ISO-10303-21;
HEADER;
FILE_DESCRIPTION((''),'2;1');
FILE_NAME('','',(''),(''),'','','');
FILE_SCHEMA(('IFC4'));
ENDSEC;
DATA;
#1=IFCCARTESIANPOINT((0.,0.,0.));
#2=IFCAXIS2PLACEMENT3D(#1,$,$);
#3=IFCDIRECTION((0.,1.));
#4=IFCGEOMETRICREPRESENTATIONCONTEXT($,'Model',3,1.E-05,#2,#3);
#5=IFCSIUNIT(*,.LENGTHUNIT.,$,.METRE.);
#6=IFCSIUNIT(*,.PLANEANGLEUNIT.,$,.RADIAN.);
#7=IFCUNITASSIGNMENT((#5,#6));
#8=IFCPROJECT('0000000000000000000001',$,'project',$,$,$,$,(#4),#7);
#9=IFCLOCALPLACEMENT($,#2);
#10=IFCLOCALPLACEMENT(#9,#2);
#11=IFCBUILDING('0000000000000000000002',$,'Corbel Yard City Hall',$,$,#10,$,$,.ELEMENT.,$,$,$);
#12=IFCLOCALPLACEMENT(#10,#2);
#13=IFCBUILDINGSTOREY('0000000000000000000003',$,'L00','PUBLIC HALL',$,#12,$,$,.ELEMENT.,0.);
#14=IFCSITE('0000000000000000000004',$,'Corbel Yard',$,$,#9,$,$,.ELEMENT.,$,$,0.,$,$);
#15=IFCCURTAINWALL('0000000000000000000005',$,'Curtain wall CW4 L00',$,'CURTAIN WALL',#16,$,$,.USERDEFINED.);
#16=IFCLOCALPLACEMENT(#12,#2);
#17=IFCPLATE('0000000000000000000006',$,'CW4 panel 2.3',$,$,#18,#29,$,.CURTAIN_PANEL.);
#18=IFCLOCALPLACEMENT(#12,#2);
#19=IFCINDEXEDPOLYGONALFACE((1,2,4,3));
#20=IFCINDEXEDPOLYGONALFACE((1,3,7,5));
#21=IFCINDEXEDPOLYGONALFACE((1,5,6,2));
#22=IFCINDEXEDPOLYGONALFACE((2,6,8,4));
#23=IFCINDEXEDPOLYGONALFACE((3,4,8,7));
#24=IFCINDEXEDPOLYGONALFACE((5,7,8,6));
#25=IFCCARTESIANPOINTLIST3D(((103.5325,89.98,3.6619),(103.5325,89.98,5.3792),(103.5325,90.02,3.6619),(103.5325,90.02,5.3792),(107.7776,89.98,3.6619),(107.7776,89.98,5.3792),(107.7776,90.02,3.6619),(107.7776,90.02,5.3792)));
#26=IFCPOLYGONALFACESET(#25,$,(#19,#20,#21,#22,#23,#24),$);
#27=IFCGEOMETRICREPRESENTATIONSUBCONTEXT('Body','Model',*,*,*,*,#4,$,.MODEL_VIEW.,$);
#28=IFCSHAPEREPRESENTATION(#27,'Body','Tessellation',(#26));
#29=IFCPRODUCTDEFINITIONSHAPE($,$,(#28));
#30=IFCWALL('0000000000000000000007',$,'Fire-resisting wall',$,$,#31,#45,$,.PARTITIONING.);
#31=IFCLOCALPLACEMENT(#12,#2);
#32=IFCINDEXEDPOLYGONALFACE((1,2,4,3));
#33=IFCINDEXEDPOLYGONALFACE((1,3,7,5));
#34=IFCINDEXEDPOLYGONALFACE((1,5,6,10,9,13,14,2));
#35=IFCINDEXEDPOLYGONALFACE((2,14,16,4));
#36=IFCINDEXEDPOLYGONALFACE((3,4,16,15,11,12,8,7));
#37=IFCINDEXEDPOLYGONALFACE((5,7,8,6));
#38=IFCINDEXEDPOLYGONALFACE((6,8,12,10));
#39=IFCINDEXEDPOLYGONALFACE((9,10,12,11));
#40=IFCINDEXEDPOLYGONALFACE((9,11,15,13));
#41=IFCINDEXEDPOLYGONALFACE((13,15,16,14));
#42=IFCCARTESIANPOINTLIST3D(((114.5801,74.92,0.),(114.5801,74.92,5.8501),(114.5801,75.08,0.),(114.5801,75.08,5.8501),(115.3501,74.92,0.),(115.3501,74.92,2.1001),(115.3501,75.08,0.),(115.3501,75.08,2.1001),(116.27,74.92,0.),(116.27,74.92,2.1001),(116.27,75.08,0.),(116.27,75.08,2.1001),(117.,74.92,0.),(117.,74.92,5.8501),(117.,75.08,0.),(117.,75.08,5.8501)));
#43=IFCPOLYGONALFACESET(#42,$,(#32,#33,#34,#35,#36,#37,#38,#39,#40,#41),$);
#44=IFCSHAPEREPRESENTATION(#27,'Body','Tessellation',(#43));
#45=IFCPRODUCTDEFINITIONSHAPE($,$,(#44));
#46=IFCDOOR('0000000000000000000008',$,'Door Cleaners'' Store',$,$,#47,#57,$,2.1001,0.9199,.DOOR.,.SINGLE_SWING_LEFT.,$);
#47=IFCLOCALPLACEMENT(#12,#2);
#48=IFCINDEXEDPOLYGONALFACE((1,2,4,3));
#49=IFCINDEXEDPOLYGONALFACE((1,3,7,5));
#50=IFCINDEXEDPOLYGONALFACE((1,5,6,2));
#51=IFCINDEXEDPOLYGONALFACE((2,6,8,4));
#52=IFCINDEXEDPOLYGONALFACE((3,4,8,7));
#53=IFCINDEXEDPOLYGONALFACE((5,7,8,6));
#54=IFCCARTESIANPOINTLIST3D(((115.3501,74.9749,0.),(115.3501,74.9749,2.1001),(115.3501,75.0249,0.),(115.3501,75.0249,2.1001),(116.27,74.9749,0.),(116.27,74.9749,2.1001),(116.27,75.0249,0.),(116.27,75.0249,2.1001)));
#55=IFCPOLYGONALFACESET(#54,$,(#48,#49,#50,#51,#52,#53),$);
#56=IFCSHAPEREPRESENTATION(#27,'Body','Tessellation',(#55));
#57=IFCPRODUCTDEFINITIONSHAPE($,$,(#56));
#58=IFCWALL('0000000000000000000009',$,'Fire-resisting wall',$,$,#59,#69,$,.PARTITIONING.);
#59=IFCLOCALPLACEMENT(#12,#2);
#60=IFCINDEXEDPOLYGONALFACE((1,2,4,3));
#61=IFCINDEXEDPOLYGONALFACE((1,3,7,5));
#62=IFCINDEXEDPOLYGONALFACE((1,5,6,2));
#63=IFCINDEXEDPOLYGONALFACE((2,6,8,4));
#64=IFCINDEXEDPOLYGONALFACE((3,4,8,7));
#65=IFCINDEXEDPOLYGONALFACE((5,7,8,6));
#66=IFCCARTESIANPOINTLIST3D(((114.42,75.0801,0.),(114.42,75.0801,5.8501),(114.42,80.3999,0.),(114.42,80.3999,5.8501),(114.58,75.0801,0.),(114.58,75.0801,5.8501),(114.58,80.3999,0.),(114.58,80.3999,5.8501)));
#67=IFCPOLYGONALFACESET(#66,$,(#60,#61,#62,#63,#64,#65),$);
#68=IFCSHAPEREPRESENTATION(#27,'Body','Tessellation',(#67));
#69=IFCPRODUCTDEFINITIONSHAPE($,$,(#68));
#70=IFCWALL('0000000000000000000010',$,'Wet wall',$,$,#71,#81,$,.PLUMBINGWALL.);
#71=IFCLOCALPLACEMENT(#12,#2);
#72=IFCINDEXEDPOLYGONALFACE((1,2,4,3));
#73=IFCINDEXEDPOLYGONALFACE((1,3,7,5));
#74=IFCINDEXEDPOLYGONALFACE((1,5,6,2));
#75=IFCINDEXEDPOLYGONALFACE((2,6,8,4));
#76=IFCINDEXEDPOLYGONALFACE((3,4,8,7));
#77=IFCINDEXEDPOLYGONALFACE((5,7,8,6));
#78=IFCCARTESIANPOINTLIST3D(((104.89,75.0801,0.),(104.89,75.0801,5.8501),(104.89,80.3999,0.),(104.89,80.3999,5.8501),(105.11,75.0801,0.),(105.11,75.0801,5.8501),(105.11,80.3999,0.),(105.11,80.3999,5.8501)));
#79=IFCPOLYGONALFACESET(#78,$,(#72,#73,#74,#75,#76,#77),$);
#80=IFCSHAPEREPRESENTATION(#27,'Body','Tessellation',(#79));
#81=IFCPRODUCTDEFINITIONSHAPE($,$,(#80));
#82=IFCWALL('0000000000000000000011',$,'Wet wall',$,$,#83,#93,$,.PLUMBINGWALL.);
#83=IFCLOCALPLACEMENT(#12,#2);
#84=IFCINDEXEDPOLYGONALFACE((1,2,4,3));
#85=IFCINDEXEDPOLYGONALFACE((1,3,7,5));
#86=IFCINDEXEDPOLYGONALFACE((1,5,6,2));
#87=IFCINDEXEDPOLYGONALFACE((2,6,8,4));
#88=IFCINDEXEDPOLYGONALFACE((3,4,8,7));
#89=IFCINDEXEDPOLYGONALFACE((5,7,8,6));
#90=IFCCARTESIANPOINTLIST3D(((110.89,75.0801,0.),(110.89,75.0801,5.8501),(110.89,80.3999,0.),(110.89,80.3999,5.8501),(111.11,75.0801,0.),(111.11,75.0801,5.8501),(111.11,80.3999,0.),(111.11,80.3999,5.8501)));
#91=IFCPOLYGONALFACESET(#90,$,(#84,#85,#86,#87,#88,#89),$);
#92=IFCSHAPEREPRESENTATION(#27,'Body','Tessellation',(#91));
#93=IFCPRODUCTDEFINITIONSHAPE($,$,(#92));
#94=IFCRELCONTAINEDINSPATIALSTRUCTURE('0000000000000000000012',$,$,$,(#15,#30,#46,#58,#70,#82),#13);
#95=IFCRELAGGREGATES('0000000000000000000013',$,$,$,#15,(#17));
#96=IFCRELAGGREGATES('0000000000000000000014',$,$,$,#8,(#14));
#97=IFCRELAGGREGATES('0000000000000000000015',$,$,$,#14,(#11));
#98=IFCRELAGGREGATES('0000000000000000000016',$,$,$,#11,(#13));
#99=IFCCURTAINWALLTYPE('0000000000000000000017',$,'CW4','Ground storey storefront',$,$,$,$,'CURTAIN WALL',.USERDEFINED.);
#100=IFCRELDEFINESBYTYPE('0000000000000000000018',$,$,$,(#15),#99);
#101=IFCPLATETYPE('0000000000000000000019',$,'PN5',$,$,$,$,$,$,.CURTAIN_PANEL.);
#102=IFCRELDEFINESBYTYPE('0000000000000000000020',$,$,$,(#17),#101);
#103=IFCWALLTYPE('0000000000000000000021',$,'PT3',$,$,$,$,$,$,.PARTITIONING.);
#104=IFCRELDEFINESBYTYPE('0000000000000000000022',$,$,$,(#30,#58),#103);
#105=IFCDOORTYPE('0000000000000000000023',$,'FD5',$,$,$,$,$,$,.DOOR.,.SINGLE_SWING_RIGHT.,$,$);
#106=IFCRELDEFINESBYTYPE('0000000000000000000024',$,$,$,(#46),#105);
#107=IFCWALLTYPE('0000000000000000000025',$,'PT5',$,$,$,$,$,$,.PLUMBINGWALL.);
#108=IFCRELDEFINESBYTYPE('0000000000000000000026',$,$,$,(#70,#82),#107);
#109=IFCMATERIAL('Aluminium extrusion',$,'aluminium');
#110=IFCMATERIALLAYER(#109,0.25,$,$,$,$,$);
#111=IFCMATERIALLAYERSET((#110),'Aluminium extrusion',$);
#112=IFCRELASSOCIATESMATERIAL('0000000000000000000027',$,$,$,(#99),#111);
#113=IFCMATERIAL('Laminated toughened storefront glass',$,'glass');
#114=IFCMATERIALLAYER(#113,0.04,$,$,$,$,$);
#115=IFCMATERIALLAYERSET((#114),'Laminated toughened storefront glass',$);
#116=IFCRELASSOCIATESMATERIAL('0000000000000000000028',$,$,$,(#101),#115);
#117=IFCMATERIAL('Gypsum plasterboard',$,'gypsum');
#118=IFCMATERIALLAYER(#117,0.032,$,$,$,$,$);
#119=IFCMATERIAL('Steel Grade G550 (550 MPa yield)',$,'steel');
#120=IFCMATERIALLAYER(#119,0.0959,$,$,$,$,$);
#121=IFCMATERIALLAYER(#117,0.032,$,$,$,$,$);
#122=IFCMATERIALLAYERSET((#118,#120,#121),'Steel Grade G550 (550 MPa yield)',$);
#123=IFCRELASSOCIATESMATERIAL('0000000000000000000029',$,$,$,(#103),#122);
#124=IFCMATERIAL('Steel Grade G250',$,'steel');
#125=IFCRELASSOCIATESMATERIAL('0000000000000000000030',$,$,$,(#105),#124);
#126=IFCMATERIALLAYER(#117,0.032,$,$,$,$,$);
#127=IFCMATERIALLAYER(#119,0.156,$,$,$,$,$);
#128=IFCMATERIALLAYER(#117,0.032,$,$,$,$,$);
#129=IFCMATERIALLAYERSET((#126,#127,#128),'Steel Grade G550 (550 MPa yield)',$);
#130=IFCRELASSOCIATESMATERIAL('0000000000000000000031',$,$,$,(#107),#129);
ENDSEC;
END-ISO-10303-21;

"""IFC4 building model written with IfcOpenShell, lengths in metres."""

from ifc_helpers import new_model, si_unit, direction, frame, frame_2d, origin, origin_2d, place, context, subcontext, project, spatial, rectangle, extrude, material, layer, layer_set, type_object, element, fill, aggregate, save


model = new_model("IFC4")

# Units and contexts
model_context = context("Model", 3, precision=1e-05, world=origin(), true_north=direction((0.0, 1.0)))
body_context = subcontext(model_context, "Body", "Model", "MODEL_VIEW")
ifc_project = project(units=[si_unit("LENGTHUNIT", "METRE"), si_unit("PLANEANGLEUNIT", "RADIAN")], contexts=[model_context])

# Site, building, storey
site_placement = place(None, origin())
site = spatial("IfcSite", under=ifc_project, at=site_placement, Name="Corbel Yard", CompositionType="ELEMENT", RefElevation=0.0)
building_placement = place(site_placement, origin())
building = spatial("IfcBuilding", under=site, at=building_placement, Name="Corbel Yard City Hall", CompositionType="ELEMENT")
storey_placement = place(building_placement, origin())
storey = spatial("IfcBuildingStorey", under=building, at=storey_placement, Name="L00", Description="PUBLIC HALL", CompositionType="ELEMENT", Elevation=0.0)

# Curtain wall
ifc_material_1 = material(Name="Aluminium extrusion", Category="aluminium")
ifc_layer_1 = layer(ifc_material_1, 0.25)
ifc_layer_set_1 = layer_set([ifc_layer_1], Name="Aluminium extrusion")
curtain_wall_type = type_object("IfcCurtainWallType", Name="CW4", Description="Ground storey storefront", ElementType="CURTAIN WALL", PredefinedType="USERDEFINED", material=ifc_layer_set_1)
curtain_wall_placement = place(storey_placement, origin())
curtain_wall = element("IfcCurtainWall", 1, at=curtain_wall_placement, inside=storey, type_object=curtain_wall_type, Name="Curtain wall CW4 L00", ObjectType="CURTAIN WALL", PredefinedType="USERDEFINED")

# Plate
ifc_material_2 = material(Name="Laminated toughened storefront glass", Category="glass")
ifc_layer_2 = layer(ifc_material_2, 0.04)
ifc_layer_set_2 = layer_set([ifc_layer_2], Name="Laminated toughened storefront glass")
plate_type = type_object("IfcPlateType", Name="PN5", PredefinedType="CURTAIN_PANEL", material=ifc_layer_set_2)
plate_1_placement = place(storey_placement, frame((105.655, 90.0, 3.6619), z_axis=(0.0, 0.0, 1.0), x_axis=(1.0, 0.0, 0.0)))
plate_1 = element("IfcPlate", 2, at=plate_1_placement, type_object=plate_type, Name="CW4 panel 2.3", PredefinedType="CURTAIN_PANEL", context=body_context, shape_type="SweptSolid", body=[
    extrude(rectangle(XDim=4.2451, YDim=0.04, at=origin_2d()), origin(), (0.0, 0.0, 1.0), 1.7173),
])
aggregate(curtain_wall, [plate_1])

# Wall, opening, door
ifc_material_3 = material(Name="Gypsum plasterboard", Category="gypsum")
ifc_layer_3 = layer(ifc_material_3, 0.032)
ifc_material_4 = material(Name="Steel Grade G550 (550 MPa yield)", Category="steel")
ifc_layer_4 = layer(ifc_material_4, 0.0959)
ifc_layer_5 = layer(ifc_material_3, 0.032)
ifc_layer_set_3 = layer_set([ifc_layer_3, ifc_layer_4, ifc_layer_5], Name="Steel Grade G550 (550 MPa yield)")
wall_type_1 = type_object("IfcWallType", Name="PT3", PredefinedType="PARTITIONING", material=ifc_layer_set_3)
wall_1_placement = place(storey_placement, frame((114.5801, 75.0, 0.0), z_axis=(0.0, 0.0, 1.0), x_axis=(1.0, 0.0, 0.0)))
wall_1 = element("IfcWall", 3, at=wall_1_placement, inside=storey, type_object=wall_type_1, Name="Fire-resisting wall", PredefinedType="PARTITIONING", context=body_context, shape_type="SweptSolid", body=[
    extrude(rectangle(XDim=2.4199, YDim=0.1599, at=frame_2d((1.21, 0.0))), origin(), (0.0, 0.0, 1.0), 5.8501),
])
opening_placement = place(wall_1_placement, frame((0.77, 0.0, 0.0)))
opening = element("IfcOpeningElement", 4, at=opening_placement, cuts=wall_1, PredefinedType="OPENING", context=body_context, shape_type="SweptSolid", body=[
    extrude(rectangle(XDim=0.9199, YDim=2.1001, at=frame_2d((0.46, 1.05))), frame((0.0, 0.0898, 0.0), z_axis=(0.0, -1.0, 0.0), x_axis=(1.0, 0.0, 0.0)), (0.0, 0.0, 1.0), 0.1799),
])
ifc_material_5 = material(Name="Steel Grade G250", Category="steel")
door_type = type_object("IfcDoorType", Name="FD5", OperationType="SINGLE_SWING_RIGHT", PredefinedType="DOOR", material=ifc_material_5)
door_placement = place(opening_placement, origin())
door = element("IfcDoor", 5, at=door_placement, inside=storey, type_object=door_type, Name="Door Cleaners' Store", OperationType="SINGLE_SWING_LEFT", OverallHeight=2.1001, OverallWidth=0.9199, PredefinedType="DOOR", context=body_context, shape_type="SweptSolid", body=[
    extrude(rectangle(XDim=0.9199, YDim=2.1001, at=frame_2d((0.46, 1.05))), frame((0.0, 0.0249, 0.0), z_axis=(0.0, -1.0, 0.0), x_axis=(1.0, 0.0, 0.0)), (0.0, 0.0, 1.0), 0.05),
])
fill(opening, door)

# Walls
wall_2_placement = place(storey_placement, frame((114.5, 75.0801, 0.0), z_axis=(0.0, 0.0, 1.0), x_axis=(0.0, 1.0, 0.0)))
element("IfcWall", 6, at=wall_2_placement, inside=storey, type_object=wall_type_1, Name="Fire-resisting wall", PredefinedType="PARTITIONING", context=body_context, shape_type="SweptSolid", body=[
    extrude(rectangle(XDim=5.3198, YDim=0.1599, at=frame_2d((2.6599, 0.0))), origin(), (0.0, 0.0, 1.0), 5.8501),
])
ifc_layer_6 = layer(ifc_material_3, 0.032)
ifc_layer_7 = layer(ifc_material_4, 0.156)
ifc_layer_8 = layer(ifc_material_3, 0.032)
ifc_layer_set_4 = layer_set([ifc_layer_6, ifc_layer_7, ifc_layer_8], Name="Steel Grade G550 (550 MPa yield)")
wall_type_2 = type_object("IfcWallType", Name="PT5", PredefinedType="PLUMBINGWALL", material=ifc_layer_set_4)
for number, where, z_axis, x_axis, name in (
    (7, (105.0, 75.0801, 0.0), (0.0, 0.0, 1.0), (0.0, 1.0, 0.0), "Wet wall"),
    (8, (111.0, 75.0801, 0.0), (0.0, 0.0, 1.0), (0.0, 1.0, 0.0), "Wet wall"),
):
    element("IfcWall", number, at=place(storey_placement, frame(where, z_axis=z_axis, x_axis=x_axis)), inside=storey, type_object=wall_type_2, Name=name, PredefinedType="PLUMBINGWALL", context=body_context, shape_type="SweptSolid", body=[
        extrude(rectangle(XDim=5.3198, YDim=0.22, at=frame_2d((2.6599, 0.0))), origin(), (0.0, 0.0, 1.0), 5.8501),
    ])

save(model, "model.ifc")
